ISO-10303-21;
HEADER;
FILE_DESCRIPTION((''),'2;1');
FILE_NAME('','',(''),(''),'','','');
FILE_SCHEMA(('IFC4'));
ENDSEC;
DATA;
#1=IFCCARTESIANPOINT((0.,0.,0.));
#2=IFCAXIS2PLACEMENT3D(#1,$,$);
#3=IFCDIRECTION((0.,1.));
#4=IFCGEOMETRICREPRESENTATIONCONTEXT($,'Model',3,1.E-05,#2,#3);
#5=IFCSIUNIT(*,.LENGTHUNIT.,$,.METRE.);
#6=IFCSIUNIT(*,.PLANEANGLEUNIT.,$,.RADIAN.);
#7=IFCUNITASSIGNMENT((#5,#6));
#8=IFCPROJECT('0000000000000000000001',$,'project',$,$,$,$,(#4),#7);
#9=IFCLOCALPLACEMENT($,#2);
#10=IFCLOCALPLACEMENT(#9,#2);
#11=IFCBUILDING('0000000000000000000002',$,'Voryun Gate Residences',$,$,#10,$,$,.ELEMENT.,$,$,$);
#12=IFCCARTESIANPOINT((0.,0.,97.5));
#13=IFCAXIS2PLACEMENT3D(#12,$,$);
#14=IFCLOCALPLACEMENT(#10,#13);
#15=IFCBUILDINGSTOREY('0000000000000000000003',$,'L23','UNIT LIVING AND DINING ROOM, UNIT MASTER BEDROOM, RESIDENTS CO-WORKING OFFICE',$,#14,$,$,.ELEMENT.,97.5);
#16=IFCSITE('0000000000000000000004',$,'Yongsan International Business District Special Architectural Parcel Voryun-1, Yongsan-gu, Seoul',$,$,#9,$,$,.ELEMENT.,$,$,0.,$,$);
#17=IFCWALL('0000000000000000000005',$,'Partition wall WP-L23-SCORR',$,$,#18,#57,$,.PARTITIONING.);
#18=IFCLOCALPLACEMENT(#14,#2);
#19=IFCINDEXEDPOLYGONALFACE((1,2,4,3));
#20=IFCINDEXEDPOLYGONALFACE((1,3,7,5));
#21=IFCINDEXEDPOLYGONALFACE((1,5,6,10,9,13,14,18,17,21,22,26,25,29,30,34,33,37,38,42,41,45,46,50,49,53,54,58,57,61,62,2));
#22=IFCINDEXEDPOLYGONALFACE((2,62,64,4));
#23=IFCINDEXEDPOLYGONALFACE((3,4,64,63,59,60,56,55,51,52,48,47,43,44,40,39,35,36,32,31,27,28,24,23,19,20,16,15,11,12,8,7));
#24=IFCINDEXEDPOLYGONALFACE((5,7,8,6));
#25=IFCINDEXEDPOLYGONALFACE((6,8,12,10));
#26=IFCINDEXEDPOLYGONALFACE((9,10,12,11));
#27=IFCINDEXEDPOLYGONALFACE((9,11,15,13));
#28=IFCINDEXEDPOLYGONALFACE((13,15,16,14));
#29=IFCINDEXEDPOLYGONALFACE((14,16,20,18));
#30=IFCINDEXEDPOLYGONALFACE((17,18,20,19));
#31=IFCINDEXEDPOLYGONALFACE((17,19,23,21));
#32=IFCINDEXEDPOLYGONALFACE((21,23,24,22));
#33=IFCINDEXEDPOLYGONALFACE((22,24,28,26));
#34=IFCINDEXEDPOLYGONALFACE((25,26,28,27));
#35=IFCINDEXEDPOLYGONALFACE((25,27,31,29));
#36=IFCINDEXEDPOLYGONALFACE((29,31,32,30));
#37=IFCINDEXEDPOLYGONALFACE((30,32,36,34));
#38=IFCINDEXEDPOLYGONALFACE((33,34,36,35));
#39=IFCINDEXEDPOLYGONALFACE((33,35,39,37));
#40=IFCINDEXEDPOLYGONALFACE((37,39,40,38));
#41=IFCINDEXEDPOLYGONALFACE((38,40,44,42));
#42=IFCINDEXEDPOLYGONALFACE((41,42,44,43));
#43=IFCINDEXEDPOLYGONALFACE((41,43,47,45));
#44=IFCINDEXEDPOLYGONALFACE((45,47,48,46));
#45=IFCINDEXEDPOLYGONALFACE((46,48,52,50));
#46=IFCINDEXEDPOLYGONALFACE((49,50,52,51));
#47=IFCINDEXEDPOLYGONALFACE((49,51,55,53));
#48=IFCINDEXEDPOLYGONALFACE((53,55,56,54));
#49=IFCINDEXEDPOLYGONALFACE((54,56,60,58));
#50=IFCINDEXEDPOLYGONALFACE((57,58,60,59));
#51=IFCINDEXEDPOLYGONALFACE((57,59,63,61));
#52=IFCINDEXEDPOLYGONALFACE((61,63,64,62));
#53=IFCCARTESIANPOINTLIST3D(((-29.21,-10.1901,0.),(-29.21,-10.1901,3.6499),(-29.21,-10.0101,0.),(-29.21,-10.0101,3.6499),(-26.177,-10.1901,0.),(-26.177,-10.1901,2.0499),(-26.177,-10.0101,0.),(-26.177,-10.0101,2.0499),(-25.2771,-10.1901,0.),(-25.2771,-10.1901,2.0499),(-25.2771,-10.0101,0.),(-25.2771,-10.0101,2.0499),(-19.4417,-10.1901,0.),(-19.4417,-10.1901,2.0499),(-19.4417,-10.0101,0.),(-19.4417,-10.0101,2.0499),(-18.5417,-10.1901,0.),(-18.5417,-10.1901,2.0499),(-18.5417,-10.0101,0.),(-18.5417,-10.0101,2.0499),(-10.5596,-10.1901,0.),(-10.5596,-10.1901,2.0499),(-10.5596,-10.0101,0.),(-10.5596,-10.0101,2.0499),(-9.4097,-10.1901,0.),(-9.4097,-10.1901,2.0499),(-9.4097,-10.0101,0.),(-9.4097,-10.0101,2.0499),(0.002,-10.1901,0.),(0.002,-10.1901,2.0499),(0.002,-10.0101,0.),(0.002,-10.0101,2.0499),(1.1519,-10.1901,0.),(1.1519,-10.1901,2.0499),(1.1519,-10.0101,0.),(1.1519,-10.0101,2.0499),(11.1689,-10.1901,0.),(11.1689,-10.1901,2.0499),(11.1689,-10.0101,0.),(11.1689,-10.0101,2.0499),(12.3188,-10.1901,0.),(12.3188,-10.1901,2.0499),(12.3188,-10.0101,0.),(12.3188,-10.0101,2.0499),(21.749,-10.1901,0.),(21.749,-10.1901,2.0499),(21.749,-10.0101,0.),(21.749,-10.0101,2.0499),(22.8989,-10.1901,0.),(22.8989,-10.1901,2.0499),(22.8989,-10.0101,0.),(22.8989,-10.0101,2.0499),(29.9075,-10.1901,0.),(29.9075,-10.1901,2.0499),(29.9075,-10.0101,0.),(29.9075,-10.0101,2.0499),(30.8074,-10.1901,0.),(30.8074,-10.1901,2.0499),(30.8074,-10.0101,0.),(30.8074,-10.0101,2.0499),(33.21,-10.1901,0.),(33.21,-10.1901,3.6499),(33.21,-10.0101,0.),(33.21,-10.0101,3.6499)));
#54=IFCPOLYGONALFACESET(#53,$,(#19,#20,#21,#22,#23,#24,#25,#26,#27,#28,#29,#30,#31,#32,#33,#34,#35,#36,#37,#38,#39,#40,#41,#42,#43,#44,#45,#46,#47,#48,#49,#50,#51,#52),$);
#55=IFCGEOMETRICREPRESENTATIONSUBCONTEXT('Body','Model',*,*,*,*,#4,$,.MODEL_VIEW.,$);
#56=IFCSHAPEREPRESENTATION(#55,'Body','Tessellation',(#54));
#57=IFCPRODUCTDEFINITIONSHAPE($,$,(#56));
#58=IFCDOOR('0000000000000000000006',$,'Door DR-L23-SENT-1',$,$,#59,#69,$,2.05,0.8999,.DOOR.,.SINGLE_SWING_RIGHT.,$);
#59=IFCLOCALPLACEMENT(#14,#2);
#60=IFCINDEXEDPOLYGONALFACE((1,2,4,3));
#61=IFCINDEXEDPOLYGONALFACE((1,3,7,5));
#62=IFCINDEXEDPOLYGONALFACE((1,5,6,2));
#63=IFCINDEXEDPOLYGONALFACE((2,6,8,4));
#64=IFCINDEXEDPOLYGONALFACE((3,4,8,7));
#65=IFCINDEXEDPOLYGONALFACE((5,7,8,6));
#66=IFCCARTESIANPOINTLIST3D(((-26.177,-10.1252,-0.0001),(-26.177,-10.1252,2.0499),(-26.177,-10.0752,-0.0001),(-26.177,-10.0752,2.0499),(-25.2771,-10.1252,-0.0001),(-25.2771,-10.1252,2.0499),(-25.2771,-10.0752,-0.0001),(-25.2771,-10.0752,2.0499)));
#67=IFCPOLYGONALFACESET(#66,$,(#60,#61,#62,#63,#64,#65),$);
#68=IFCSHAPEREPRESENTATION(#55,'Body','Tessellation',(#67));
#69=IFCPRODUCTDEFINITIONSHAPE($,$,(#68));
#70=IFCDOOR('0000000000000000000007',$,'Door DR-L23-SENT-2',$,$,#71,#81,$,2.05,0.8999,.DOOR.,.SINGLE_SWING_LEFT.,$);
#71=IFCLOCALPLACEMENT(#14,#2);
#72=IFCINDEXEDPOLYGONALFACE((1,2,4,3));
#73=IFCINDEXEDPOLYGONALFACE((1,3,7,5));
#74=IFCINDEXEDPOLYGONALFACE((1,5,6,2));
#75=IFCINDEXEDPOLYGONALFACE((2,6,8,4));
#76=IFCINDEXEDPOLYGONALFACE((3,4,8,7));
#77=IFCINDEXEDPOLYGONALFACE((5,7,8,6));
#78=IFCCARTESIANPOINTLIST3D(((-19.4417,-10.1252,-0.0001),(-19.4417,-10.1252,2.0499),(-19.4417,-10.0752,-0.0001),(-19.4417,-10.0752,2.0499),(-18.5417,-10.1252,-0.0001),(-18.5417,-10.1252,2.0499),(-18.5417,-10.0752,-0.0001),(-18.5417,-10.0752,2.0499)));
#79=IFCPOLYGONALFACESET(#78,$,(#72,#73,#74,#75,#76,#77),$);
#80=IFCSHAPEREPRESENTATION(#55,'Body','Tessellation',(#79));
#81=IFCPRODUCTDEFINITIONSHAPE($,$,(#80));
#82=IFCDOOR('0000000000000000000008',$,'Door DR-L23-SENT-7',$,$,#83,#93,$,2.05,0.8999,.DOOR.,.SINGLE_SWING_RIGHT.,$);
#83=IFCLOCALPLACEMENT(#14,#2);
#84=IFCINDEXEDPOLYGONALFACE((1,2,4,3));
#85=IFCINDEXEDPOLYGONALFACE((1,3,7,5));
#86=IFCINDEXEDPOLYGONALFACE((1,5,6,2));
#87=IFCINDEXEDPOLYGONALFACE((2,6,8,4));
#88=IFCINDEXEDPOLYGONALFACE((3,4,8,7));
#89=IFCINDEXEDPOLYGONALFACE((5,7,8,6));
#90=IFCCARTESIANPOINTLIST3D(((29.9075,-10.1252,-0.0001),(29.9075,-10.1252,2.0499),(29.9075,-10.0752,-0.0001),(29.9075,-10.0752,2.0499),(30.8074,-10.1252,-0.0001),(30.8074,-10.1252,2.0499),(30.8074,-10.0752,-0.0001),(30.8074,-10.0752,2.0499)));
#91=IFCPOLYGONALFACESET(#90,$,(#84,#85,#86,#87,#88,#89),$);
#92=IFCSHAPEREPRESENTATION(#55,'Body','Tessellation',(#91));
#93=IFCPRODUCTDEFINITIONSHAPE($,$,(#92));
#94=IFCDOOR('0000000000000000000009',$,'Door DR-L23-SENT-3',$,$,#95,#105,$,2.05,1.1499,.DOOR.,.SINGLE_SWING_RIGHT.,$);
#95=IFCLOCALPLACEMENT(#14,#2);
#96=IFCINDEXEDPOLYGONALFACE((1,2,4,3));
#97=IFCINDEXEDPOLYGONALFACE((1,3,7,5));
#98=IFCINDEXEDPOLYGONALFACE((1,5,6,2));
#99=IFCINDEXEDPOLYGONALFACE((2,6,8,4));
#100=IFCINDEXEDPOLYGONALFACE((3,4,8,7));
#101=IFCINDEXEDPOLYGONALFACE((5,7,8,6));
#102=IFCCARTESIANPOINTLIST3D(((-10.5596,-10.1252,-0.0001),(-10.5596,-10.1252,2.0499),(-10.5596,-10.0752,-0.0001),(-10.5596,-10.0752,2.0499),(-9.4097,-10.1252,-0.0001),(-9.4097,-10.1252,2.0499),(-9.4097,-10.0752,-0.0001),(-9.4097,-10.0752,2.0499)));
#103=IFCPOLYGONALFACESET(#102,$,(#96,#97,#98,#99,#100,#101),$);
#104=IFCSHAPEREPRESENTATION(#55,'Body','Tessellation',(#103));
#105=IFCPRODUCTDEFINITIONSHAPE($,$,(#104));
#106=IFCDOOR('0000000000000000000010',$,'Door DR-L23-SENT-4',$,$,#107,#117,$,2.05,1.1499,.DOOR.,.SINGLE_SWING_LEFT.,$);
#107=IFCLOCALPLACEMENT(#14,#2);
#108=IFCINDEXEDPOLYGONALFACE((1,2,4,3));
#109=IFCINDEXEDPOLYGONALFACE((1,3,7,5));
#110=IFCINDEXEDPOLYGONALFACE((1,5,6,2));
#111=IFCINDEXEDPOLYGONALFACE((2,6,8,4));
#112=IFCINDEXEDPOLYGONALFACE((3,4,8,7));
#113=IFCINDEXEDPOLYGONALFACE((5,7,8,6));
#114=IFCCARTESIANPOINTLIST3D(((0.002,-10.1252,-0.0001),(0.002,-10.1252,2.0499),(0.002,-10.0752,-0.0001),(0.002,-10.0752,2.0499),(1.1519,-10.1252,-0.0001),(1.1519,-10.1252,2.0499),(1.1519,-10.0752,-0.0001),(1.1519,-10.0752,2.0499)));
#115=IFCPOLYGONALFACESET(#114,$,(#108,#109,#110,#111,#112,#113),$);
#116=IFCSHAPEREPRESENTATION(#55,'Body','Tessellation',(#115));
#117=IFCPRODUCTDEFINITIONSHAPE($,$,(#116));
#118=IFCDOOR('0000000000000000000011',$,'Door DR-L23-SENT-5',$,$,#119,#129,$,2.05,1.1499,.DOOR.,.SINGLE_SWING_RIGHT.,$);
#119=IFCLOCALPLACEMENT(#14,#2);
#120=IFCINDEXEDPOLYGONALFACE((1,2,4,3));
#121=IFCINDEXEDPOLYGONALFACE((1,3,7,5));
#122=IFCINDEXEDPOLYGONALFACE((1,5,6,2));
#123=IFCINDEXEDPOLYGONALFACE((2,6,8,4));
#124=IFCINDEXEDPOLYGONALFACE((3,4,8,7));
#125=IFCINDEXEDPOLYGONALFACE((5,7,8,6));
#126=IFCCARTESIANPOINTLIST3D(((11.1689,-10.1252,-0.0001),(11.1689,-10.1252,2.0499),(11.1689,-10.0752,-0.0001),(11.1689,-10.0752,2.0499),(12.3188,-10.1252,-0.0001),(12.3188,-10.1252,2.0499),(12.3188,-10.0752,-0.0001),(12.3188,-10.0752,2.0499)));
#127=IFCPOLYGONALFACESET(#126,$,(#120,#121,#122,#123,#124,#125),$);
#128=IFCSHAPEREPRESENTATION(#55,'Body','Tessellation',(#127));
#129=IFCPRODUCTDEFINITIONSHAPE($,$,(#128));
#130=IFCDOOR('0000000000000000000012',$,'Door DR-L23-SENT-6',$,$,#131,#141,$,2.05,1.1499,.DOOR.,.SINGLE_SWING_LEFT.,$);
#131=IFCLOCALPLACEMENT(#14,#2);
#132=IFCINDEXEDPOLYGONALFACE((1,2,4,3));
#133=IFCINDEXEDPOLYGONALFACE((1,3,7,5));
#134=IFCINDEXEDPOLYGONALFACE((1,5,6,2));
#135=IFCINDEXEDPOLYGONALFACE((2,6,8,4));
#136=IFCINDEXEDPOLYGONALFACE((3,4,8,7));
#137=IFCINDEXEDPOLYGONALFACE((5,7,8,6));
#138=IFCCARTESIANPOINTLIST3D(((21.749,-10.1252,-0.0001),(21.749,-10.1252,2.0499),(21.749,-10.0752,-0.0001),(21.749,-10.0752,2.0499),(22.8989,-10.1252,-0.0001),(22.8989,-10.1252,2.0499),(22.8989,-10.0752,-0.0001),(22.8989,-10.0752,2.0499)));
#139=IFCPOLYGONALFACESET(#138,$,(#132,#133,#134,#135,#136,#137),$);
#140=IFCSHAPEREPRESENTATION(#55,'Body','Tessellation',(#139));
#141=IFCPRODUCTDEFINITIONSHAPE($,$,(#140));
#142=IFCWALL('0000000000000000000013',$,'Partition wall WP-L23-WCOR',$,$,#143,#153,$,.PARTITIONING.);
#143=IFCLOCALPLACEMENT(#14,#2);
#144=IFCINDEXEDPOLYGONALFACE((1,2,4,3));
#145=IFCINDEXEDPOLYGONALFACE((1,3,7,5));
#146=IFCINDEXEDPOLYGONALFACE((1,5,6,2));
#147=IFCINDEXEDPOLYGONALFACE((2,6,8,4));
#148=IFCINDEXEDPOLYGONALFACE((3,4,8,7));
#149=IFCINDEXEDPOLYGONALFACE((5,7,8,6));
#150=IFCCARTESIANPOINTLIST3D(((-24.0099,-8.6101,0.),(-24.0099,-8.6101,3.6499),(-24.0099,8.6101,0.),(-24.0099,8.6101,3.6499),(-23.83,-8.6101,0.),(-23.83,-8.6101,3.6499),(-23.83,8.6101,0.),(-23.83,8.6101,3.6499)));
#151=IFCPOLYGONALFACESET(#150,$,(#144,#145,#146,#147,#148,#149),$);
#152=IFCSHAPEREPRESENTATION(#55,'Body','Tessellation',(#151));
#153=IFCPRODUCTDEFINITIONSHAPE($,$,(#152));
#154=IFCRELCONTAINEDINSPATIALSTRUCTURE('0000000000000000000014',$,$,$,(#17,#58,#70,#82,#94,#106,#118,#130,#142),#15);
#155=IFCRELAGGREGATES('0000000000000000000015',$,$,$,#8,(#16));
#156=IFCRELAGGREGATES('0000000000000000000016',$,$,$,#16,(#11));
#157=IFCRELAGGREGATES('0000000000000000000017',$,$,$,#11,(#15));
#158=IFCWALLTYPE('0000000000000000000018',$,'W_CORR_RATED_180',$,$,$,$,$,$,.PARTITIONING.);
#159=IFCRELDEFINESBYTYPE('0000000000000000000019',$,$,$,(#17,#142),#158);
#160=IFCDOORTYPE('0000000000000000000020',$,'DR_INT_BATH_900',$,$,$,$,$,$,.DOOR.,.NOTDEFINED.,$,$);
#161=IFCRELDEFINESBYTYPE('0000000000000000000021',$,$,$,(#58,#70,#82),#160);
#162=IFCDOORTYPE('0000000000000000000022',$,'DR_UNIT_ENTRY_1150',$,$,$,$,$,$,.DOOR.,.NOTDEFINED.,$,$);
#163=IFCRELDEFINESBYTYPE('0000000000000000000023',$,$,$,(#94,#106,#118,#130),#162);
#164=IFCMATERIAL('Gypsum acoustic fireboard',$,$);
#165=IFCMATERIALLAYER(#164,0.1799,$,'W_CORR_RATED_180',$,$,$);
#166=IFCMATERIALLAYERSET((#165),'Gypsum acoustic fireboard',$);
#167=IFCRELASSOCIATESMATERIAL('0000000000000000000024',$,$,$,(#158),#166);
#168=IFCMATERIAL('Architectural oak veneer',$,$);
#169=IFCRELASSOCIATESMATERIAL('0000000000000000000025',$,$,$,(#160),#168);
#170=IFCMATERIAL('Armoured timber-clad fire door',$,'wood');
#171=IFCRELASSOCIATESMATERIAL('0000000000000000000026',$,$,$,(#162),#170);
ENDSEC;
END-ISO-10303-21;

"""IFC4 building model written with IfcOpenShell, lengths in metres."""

from ifc_helpers import new_model, si_unit, direction, frame, frame_2d, origin, place, context, subcontext, project, spatial, rectangle, extrude, material, layer, layer_set, type_object, element, fill, save


model = new_model("IFC4")

# Units and contexts
model_context = context("Model", 3, precision=1e-05, world=origin(), true_north=direction((0.0, 1.0)))
body_context = subcontext(model_context, "Body", "Model", "MODEL_VIEW")
ifc_project = project(units=[si_unit("LENGTHUNIT", "METRE"), si_unit("PLANEANGLEUNIT", "RADIAN")], contexts=[model_context])

# Site, building, storey
site_placement = place(None, origin())
site = spatial("IfcSite", under=ifc_project, at=site_placement, Name="Yongsan International Business District Special Architectural Parcel Voryun-1, Yongsan-gu, Seoul", CompositionType="ELEMENT", RefElevation=0.0)
building_placement = place(site_placement, origin())
building = spatial("IfcBuilding", under=site, at=building_placement, Name="Voryun Gate Residences", CompositionType="ELEMENT")
storey_placement = place(building_placement, frame((0.0, 0.0, 97.5)))
storey = spatial("IfcBuildingStorey", under=building, at=storey_placement, Name="L23", Description="UNIT LIVING AND DINING ROOM, UNIT MASTER BEDROOM, RESIDENTS CO-WORKING OFFICE", CompositionType="ELEMENT", Elevation=97.5)

# Shared definitions
ifc_material_1 = material(Name="Gypsum acoustic fireboard")
ifc_layer_1 = layer(ifc_material_1, 0.1799, Name="W_CORR_RATED_180")
ifc_layer_set_1 = layer_set([ifc_layer_1], Name="Gypsum acoustic fireboard")
wall_type_1 = type_object("IfcWallType", Name="W_CORR_RATED_180", PredefinedType="PARTITIONING", material=ifc_layer_set_1)

# Wall, openings, doors
wall_1_placement = place(storey_placement, frame((-29.21, -10.1001, 0.0), z_axis=(0.0, 0.0, 1.0), x_axis=(1.0, 0.0, 0.0)))
wall_1 = element("IfcWall", 1, at=wall_1_placement, inside=storey, type_object=wall_type_1, Name="Partition wall WP-L23-SCORR", PredefinedType="PARTITIONING", context=body_context, shape_type="SweptSolid", body=[
    extrude(rectangle(XDim=62.4199, YDim=0.1799, at=frame_2d((31.21, 0.0))), origin(), (0.0, 0.0, 1.0), 3.6499),
])
opening_1_placement = place(wall_1_placement, frame((3.033, 0.0, 0.0)))
opening_1 = element("IfcOpeningElement", 2, at=opening_1_placement, cuts=wall_1, PredefinedType="OPENING", context=body_context, shape_type="SweptSolid", body=[
    extrude(rectangle(XDim=0.8999, YDim=2.05, at=frame_2d((0.45, 1.0249))), frame((0.0, 0.0999, 0.0), z_axis=(0.0, -1.0, 0.0), x_axis=(1.0, 0.0, 0.0)), (0.0, 0.0, 1.0), 0.2),
])
opening_2_placement = place(wall_1_placement, frame((9.7683, 0.0, 0.0)))
opening_2 = element("IfcOpeningElement", 3, at=opening_2_placement, cuts=wall_1, PredefinedType="OPENING", context=body_context, shape_type="SweptSolid", body=[
    extrude(rectangle(XDim=0.8999, YDim=2.05, at=frame_2d((0.45, 1.0249))), frame((0.0, 0.0999, 0.0), z_axis=(0.0, -1.0, 0.0), x_axis=(1.0, 0.0, 0.0)), (0.0, 0.0, 1.0), 0.2),
])
opening_3_placement = place(wall_1_placement, frame((18.6504, 0.0, 0.0)))
opening_3 = element("IfcOpeningElement", 4, at=opening_3_placement, cuts=wall_1, PredefinedType="OPENING", context=body_context, shape_type="SweptSolid", body=[
    extrude(rectangle(XDim=1.1499, YDim=2.05, at=frame_2d((0.575, 1.0249))), frame((0.0, 0.0999, 0.0), z_axis=(0.0, -1.0, 0.0), x_axis=(1.0, 0.0, 0.0)), (0.0, 0.0, 1.0), 0.2),
])
opening_4_placement = place(wall_1_placement, frame((29.2119, 0.0, 0.0)))
opening_4 = element("IfcOpeningElement", 5, at=opening_4_placement, cuts=wall_1, PredefinedType="OPENING", context=body_context, shape_type="SweptSolid", body=[
    extrude(rectangle(XDim=1.1499, YDim=2.05, at=frame_2d((0.575, 1.0249))), frame((0.0, 0.0999, 0.0), z_axis=(0.0, -1.0, 0.0), x_axis=(1.0, 0.0, 0.0)), (0.0, 0.0, 1.0), 0.2),
])
opening_5_placement = place(wall_1_placement, frame((40.3789, 0.0, 0.0)))
opening_5 = element("IfcOpeningElement", 6, at=opening_5_placement, cuts=wall_1, PredefinedType="OPENING", context=body_context, shape_type="SweptSolid", body=[
    extrude(rectangle(XDim=1.1499, YDim=2.05, at=frame_2d((0.575, 1.0249))), frame((0.0, 0.0999, 0.0), z_axis=(0.0, -1.0, 0.0), x_axis=(1.0, 0.0, 0.0)), (0.0, 0.0, 1.0), 0.2),
])
opening_6_placement = place(wall_1_placement, frame((50.959, 0.0, 0.0)))
opening_6 = element("IfcOpeningElement", 7, at=opening_6_placement, cuts=wall_1, PredefinedType="OPENING", context=body_context, shape_type="SweptSolid", body=[
    extrude(rectangle(XDim=1.1499, YDim=2.05, at=frame_2d((0.575, 1.0249))), frame((0.0, 0.0999, 0.0), z_axis=(0.0, -1.0, 0.0), x_axis=(1.0, 0.0, 0.0)), (0.0, 0.0, 1.0), 0.2),
])
opening_7_placement = place(wall_1_placement, frame((59.1174, 0.0, 0.0)))
opening_7 = element("IfcOpeningElement", 8, at=opening_7_placement, cuts=wall_1, PredefinedType="OPENING", context=body_context, shape_type="SweptSolid", body=[
    extrude(rectangle(XDim=0.8999, YDim=2.05, at=frame_2d((0.45, 1.0249))), frame((0.0, 0.0999, 0.0), z_axis=(0.0, -1.0, 0.0), x_axis=(1.0, 0.0, 0.0)), (0.0, 0.0, 1.0), 0.2),
])
ifc_material_2 = material(Name="Architectural oak veneer")
door_type_1 = type_object("IfcDoorType", Name="DR_INT_BATH_900", OperationType="NOTDEFINED", PredefinedType="DOOR", material=ifc_material_2)
door_1_placement = place(opening_1_placement, origin())
door_1 = element("IfcDoor", 9, at=door_1_placement, inside=storey, type_object=door_type_1, Name="Door DR-L23-SENT-1", OperationType="SINGLE_SWING_RIGHT", OverallHeight=2.05, OverallWidth=0.8999, PredefinedType="DOOR", context=body_context, shape_type="SweptSolid", body=[
    extrude(rectangle(XDim=0.8999, YDim=2.05, at=frame_2d((0.45, 1.0249))), frame((0.0, 0.0249, 0.0), z_axis=(0.0, -1.0, 0.0), x_axis=(1.0, 0.0, 0.0)), (0.0, 0.0, 1.0), 0.05),
])
fill(opening_1, door_1)
door_2_placement = place(opening_2_placement, origin())
door_2 = element("IfcDoor", 10, at=door_2_placement, inside=storey, type_object=door_type_1, Name="Door DR-L23-SENT-2", OperationType="SINGLE_SWING_LEFT", OverallHeight=2.05, OverallWidth=0.8999, PredefinedType="DOOR", context=body_context, shape_type="SweptSolid", body=[
    extrude(rectangle(XDim=0.8999, YDim=2.05, at=frame_2d((0.45, 1.0249))), frame((0.0, 0.0249, 0.0), z_axis=(0.0, -1.0, 0.0), x_axis=(1.0, 0.0, 0.0)), (0.0, 0.0, 1.0), 0.05),
])
fill(opening_2, door_2)
door_3_placement = place(opening_7_placement, origin())
door_3 = element("IfcDoor", 11, at=door_3_placement, inside=storey, type_object=door_type_1, Name="Door DR-L23-SENT-7", OperationType="SINGLE_SWING_RIGHT", OverallHeight=2.05, OverallWidth=0.8999, PredefinedType="DOOR", context=body_context, shape_type="SweptSolid", body=[
    extrude(rectangle(XDim=0.8999, YDim=2.05, at=frame_2d((0.45, 1.0249))), frame((0.0, 0.0249, 0.0), z_axis=(0.0, -1.0, 0.0), x_axis=(1.0, 0.0, 0.0)), (0.0, 0.0, 1.0), 0.05),
])
fill(opening_7, door_3)
ifc_material_3 = material(Name="Armoured timber-clad fire door", Category="wood")
door_type_2 = type_object("IfcDoorType", Name="DR_UNIT_ENTRY_1150", OperationType="NOTDEFINED", PredefinedType="DOOR", material=ifc_material_3)
door_4_placement = place(opening_3_placement, origin())
door_4 = element("IfcDoor", 12, at=door_4_placement, inside=storey, type_object=door_type_2, Name="Door DR-L23-SENT-3", OperationType="SINGLE_SWING_RIGHT", OverallHeight=2.05, OverallWidth=1.1499, PredefinedType="DOOR", context=body_context, shape_type="SweptSolid", body=[
    extrude(rectangle(XDim=1.1499, YDim=2.05, at=frame_2d((0.575, 1.0249))), frame((0.0, 0.0249, 0.0), z_axis=(0.0, -1.0, 0.0), x_axis=(1.0, 0.0, 0.0)), (0.0, 0.0, 1.0), 0.05),
])
fill(opening_3, door_4)
door_5_placement = place(opening_4_placement, origin())
door_5 = element("IfcDoor", 13, at=door_5_placement, inside=storey, type_object=door_type_2, Name="Door DR-L23-SENT-4", OperationType="SINGLE_SWING_LEFT", OverallHeight=2.05, OverallWidth=1.1499, PredefinedType="DOOR", context=body_context, shape_type="SweptSolid", body=[
    extrude(rectangle(XDim=1.1499, YDim=2.05, at=frame_2d((0.575, 1.0249))), frame((0.0, 0.0249, 0.0), z_axis=(0.0, -1.0, 0.0), x_axis=(1.0, 0.0, 0.0)), (0.0, 0.0, 1.0), 0.05),
])
fill(opening_4, door_5)
door_6_placement = place(opening_5_placement, origin())
door_6 = element("IfcDoor", 14, at=door_6_placement, inside=storey, type_object=door_type_2, Name="Door DR-L23-SENT-5", OperationType="SINGLE_SWING_RIGHT", OverallHeight=2.05, OverallWidth=1.1499, PredefinedType="DOOR", context=body_context, shape_type="SweptSolid", body=[
    extrude(rectangle(XDim=1.1499, YDim=2.05, at=frame_2d((0.575, 1.0249))), frame((0.0, 0.0249, 0.0), z_axis=(0.0, -1.0, 0.0), x_axis=(1.0, 0.0, 0.0)), (0.0, 0.0, 1.0), 0.05),
])
fill(opening_5, door_6)
door_7_placement = place(opening_6_placement, origin())
door_7 = element("IfcDoor", 15, at=door_7_placement, inside=storey, type_object=door_type_2, Name="Door DR-L23-SENT-6", OperationType="SINGLE_SWING_LEFT", OverallHeight=2.05, OverallWidth=1.1499, PredefinedType="DOOR", context=body_context, shape_type="SweptSolid", body=[
    extrude(rectangle(XDim=1.1499, YDim=2.05, at=frame_2d((0.575, 1.0249))), frame((0.0, 0.0249, 0.0), z_axis=(0.0, -1.0, 0.0), x_axis=(1.0, 0.0, 0.0)), (0.0, 0.0, 1.0), 0.05),
])
fill(opening_6, door_7)

# Wall
wall_2_placement = place(storey_placement, frame((-23.9199, -8.6101, 0.0), z_axis=(0.0, 0.0, 1.0), x_axis=(0.0, 1.0, 0.0)))
element("IfcWall", 16, at=wall_2_placement, inside=storey, type_object=wall_type_1, Name="Partition wall WP-L23-WCOR", PredefinedType="PARTITIONING", context=body_context, shape_type="SweptSolid", body=[
    extrude(rectangle(XDim=17.2202, YDim=0.1799, at=frame_2d((8.6101, 0.0))), origin(), (0.0, 0.0, 1.0), 3.6499),
])

save(model, "model.ifc")
